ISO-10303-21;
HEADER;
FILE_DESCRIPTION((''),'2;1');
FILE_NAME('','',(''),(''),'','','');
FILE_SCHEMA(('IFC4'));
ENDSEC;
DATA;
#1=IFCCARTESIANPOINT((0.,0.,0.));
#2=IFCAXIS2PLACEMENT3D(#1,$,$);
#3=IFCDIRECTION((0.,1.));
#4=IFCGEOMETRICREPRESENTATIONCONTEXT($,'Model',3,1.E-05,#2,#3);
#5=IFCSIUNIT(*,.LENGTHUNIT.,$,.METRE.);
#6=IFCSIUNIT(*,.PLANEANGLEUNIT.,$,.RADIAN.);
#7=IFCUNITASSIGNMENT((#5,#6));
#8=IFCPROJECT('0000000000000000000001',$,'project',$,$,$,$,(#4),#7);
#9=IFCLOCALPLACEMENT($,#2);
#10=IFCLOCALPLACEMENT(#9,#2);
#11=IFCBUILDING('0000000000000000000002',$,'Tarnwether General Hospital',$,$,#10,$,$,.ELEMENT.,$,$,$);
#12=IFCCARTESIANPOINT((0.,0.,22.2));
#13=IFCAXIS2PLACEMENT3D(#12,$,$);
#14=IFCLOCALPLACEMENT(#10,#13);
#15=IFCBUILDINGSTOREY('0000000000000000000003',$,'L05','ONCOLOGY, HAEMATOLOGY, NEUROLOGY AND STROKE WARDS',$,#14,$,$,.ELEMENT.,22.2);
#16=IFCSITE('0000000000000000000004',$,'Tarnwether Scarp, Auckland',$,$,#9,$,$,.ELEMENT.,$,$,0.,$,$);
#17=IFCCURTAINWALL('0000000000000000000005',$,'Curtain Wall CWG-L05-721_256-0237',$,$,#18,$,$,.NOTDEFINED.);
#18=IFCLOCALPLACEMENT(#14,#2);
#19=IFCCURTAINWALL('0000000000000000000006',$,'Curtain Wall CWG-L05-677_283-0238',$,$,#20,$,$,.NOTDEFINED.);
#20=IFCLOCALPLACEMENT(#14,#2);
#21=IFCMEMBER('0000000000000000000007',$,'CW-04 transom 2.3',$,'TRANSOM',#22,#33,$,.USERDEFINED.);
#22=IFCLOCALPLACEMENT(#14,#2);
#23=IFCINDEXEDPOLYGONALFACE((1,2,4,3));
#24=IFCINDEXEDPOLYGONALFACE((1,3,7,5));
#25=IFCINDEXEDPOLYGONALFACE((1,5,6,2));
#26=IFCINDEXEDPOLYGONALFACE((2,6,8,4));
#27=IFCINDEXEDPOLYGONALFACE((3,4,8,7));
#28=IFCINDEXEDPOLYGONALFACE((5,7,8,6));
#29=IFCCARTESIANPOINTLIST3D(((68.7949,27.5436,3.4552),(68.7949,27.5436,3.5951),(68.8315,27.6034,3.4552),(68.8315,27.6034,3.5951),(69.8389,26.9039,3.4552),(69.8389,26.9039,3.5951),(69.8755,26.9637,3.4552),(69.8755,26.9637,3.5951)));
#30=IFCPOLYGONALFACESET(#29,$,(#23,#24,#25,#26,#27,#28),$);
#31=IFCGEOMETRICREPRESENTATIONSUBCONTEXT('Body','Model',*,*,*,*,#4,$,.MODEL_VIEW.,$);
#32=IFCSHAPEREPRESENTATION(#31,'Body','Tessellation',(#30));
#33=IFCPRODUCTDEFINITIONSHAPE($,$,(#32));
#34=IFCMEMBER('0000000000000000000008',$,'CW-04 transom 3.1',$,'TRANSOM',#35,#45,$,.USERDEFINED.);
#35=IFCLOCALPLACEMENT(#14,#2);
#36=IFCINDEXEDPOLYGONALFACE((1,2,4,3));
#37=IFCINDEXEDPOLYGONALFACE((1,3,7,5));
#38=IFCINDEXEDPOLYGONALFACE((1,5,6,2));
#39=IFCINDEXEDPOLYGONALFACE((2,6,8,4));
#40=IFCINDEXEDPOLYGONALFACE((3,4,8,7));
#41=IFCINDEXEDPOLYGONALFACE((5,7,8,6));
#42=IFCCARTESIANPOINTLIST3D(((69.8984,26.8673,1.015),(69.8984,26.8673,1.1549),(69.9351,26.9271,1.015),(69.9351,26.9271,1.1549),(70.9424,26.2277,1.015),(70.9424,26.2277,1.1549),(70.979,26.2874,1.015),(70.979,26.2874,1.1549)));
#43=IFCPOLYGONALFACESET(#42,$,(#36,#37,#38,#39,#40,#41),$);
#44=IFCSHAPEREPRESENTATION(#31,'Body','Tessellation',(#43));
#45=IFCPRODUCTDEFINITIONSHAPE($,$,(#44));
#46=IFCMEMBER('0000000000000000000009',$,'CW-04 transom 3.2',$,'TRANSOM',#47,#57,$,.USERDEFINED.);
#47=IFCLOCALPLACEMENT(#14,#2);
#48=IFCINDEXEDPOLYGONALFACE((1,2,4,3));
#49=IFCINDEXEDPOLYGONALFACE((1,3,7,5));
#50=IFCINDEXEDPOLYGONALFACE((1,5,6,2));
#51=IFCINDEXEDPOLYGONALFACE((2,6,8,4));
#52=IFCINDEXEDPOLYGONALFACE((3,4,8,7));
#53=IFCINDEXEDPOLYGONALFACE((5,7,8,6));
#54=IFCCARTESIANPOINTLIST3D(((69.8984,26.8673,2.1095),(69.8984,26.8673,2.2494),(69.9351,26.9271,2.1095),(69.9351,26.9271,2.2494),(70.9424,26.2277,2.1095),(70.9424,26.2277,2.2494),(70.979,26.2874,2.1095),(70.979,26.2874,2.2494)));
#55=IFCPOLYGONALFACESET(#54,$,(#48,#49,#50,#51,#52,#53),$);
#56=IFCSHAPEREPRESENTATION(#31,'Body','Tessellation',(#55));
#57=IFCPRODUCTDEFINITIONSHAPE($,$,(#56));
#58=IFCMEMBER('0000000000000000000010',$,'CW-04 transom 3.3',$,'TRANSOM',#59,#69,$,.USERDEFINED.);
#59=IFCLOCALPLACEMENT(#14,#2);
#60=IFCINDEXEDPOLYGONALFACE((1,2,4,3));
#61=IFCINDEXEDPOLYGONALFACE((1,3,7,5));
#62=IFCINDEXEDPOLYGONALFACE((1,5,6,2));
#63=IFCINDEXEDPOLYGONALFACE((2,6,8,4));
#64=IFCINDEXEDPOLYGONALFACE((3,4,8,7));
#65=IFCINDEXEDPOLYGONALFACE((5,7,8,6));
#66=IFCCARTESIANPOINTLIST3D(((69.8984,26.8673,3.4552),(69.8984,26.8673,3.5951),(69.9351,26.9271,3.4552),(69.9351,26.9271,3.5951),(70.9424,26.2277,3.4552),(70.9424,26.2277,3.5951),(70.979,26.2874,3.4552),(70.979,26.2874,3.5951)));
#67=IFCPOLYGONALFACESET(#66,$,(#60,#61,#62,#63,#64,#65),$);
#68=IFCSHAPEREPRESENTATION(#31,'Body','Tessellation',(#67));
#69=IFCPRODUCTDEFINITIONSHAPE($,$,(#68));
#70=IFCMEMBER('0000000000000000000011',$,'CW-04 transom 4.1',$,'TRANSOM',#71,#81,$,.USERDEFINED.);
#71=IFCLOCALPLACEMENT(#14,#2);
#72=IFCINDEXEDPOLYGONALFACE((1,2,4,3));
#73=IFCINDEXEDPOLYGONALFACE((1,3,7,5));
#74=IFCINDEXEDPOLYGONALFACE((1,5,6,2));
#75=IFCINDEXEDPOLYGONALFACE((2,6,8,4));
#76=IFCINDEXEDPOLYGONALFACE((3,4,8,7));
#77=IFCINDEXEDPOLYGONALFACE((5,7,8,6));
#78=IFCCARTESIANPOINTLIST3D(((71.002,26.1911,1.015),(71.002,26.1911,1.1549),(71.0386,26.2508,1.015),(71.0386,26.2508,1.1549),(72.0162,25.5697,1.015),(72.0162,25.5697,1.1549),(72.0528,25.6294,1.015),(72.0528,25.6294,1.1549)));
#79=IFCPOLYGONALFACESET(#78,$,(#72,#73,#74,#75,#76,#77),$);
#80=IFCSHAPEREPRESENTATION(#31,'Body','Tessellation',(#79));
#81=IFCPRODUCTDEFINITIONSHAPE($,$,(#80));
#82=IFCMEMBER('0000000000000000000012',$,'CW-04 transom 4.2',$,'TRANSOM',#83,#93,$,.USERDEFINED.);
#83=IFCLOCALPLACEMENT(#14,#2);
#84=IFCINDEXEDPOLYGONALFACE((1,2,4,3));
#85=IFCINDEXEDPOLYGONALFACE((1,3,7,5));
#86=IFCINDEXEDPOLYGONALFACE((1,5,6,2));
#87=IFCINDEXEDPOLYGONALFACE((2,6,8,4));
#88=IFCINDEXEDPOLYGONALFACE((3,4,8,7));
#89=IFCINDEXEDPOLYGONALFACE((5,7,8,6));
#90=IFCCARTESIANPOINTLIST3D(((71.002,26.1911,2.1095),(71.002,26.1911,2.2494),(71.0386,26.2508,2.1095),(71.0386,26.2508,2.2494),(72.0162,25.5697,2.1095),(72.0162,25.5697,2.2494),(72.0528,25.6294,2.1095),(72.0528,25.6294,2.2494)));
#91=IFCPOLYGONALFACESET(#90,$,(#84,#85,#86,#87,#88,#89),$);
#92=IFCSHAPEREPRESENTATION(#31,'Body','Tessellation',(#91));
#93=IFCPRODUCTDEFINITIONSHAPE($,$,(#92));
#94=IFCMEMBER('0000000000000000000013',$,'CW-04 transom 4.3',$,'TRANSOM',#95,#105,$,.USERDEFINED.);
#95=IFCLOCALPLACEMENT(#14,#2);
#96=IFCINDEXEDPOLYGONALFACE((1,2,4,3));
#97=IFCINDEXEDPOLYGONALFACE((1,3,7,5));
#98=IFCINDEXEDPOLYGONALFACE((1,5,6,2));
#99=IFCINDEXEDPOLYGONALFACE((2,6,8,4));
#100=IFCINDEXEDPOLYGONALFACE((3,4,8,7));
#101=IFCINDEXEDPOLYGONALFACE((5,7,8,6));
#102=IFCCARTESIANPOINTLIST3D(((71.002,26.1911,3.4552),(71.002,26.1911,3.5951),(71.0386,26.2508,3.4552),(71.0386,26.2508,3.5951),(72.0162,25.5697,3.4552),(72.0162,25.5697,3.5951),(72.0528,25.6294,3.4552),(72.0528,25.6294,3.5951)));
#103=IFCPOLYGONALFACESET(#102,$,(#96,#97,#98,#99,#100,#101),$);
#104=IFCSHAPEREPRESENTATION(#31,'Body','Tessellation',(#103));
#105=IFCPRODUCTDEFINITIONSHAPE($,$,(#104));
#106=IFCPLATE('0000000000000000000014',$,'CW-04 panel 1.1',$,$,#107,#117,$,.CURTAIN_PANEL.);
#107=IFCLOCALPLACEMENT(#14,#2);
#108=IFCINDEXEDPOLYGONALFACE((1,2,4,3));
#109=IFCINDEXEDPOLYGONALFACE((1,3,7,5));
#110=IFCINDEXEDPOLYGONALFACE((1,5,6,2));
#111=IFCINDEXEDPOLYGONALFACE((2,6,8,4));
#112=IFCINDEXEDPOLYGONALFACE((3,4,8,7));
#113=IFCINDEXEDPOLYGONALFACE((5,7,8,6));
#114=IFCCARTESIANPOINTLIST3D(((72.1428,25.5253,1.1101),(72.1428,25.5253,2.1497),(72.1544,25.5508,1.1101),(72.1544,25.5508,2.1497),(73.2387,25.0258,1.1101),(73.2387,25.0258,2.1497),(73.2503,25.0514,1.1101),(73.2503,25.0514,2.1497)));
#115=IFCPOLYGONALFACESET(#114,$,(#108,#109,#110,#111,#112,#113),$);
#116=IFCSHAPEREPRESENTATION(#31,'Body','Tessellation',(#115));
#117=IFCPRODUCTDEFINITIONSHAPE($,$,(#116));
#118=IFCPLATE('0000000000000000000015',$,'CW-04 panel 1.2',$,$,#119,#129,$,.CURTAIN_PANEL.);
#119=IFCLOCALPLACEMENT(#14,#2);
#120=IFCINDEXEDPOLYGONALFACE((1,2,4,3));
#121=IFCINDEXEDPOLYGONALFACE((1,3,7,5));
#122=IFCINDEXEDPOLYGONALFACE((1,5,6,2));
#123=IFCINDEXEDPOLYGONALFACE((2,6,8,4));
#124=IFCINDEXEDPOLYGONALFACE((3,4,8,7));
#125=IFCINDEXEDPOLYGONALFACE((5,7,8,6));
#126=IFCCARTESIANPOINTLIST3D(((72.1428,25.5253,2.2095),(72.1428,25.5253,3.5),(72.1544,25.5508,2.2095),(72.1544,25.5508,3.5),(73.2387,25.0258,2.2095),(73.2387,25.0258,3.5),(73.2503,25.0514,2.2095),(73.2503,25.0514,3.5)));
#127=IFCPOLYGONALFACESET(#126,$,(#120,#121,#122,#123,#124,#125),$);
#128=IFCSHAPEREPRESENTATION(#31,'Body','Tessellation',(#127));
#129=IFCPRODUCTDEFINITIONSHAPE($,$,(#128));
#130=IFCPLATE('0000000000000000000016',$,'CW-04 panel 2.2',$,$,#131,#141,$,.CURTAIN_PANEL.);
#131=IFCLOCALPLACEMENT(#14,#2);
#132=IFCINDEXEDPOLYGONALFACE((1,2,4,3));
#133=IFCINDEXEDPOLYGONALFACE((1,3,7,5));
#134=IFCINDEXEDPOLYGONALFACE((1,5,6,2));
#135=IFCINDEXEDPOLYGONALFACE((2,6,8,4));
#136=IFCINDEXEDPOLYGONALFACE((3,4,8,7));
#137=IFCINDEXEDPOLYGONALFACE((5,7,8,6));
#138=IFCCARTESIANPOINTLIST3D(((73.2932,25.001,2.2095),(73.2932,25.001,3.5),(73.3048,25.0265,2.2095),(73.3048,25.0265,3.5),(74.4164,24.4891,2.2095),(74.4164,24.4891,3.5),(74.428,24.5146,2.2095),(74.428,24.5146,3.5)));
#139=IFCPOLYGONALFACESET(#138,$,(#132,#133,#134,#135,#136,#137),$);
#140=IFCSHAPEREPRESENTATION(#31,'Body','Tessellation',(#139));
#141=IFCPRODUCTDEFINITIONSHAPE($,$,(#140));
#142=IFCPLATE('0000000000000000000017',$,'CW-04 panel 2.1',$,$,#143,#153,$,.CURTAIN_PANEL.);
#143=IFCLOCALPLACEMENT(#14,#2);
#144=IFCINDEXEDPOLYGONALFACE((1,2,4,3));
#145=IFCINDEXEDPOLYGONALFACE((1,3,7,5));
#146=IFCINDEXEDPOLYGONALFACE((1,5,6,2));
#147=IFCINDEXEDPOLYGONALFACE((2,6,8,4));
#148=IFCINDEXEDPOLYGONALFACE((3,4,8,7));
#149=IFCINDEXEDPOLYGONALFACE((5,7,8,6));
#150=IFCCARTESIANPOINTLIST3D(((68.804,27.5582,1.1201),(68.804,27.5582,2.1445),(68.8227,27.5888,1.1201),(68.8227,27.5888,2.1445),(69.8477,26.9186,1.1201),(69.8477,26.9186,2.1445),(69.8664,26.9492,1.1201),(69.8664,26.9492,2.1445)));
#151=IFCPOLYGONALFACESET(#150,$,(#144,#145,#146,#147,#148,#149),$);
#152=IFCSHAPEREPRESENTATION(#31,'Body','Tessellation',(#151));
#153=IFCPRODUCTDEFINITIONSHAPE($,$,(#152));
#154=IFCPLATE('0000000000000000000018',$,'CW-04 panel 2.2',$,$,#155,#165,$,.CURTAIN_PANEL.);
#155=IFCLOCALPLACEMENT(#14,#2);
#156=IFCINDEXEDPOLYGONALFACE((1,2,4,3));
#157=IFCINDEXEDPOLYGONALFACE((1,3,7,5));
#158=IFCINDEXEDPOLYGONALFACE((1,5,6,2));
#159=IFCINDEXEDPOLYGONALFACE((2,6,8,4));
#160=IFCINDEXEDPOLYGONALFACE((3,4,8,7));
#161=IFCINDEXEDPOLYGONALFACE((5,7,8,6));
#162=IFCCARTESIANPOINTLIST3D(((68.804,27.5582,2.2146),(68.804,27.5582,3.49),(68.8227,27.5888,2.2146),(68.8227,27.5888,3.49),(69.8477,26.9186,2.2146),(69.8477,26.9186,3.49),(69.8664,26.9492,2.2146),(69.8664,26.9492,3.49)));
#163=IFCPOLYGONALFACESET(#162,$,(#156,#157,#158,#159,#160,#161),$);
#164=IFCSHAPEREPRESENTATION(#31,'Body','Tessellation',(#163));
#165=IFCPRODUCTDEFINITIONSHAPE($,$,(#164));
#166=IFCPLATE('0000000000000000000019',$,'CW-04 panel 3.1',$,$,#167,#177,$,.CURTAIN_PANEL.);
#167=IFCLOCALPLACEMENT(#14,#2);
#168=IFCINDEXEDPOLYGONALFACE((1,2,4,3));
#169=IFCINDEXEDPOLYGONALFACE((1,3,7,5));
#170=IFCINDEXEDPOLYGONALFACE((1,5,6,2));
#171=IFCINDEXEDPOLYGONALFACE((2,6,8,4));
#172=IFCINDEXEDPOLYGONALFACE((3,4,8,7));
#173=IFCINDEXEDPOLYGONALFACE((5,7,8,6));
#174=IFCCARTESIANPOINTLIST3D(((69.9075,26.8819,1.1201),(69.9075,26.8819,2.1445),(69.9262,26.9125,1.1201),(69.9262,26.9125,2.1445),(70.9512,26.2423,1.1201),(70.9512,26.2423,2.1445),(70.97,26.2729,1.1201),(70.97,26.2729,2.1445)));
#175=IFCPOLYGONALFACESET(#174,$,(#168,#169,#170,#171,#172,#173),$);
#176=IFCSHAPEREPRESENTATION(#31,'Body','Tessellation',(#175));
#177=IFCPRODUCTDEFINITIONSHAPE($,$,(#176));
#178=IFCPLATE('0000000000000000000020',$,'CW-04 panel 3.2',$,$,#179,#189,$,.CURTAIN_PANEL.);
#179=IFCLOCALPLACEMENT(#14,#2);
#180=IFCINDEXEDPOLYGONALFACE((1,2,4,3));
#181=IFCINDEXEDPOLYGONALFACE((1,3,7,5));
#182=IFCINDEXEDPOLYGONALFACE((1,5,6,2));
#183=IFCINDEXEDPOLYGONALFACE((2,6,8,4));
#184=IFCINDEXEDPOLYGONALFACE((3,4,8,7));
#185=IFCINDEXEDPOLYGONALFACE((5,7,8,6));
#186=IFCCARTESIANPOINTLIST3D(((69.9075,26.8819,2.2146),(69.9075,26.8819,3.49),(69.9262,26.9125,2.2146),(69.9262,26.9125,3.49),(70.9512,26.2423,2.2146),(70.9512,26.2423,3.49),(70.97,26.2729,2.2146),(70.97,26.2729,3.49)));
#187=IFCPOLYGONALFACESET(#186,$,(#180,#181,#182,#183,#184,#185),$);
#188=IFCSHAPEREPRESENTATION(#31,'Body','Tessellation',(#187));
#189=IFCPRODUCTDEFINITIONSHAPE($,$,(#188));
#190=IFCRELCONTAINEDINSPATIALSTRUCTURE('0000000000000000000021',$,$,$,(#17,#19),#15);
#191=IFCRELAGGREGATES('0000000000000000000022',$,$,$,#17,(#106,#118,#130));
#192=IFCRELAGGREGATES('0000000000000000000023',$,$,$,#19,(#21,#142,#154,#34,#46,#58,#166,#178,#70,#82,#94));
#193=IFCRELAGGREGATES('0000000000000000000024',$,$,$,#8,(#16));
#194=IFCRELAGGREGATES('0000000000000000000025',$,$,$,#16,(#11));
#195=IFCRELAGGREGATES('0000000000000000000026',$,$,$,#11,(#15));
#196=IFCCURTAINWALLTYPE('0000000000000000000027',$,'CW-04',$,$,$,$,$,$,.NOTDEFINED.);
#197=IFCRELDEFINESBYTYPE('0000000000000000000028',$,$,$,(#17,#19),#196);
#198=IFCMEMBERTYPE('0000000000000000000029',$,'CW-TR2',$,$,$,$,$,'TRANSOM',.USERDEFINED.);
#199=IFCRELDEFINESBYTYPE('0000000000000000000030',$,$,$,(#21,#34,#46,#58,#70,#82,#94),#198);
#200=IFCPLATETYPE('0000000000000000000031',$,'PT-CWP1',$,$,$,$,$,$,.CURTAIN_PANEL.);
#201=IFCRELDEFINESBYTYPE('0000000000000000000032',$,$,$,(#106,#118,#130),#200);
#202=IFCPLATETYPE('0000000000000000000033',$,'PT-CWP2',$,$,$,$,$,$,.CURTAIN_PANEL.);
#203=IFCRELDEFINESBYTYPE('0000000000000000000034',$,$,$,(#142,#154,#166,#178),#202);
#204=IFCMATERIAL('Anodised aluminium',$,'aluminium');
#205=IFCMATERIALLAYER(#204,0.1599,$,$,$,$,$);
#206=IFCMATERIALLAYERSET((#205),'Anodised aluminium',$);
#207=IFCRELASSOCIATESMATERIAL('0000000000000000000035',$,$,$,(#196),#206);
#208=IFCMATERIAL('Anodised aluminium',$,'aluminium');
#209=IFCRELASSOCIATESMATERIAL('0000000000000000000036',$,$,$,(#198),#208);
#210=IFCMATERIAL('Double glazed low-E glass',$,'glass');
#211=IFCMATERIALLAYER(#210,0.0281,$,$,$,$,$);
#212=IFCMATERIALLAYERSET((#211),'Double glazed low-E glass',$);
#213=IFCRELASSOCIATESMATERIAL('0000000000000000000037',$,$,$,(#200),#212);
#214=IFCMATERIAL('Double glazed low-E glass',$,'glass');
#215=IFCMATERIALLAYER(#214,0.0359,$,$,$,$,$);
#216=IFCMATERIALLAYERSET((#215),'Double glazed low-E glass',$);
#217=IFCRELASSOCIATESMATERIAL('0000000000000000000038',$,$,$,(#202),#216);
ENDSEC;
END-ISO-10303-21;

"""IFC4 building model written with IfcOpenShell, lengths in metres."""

from ifc_helpers import new_model, si_unit, direction, frame, origin, origin_2d, place, context, subcontext, project, spatial, rectangle, extrude, material, layer, layer_set, material_profile, profile_set, type_object, element, aggregate, save


model = new_model("IFC4")

# Units and contexts
model_context = context("Model", 3, precision=1e-05, world=origin(), true_north=direction((0.0, 1.0)))
body_context = subcontext(model_context, "Body", "Model", "MODEL_VIEW")
ifc_project = project(units=[si_unit("LENGTHUNIT", "METRE"), si_unit("PLANEANGLEUNIT", "RADIAN")], contexts=[model_context])

# Site, building, storey
site_placement = place(None, origin())
site = spatial("IfcSite", under=ifc_project, at=site_placement, Name="Tarnwether Scarp, Auckland", CompositionType="ELEMENT", RefElevation=0.0)
building_placement = place(site_placement, origin())
building = spatial("IfcBuilding", under=site, at=building_placement, Name="Tarnwether General Hospital", CompositionType="ELEMENT")
storey_placement = place(building_placement, frame((0.0, 0.0, 22.2)))
storey = spatial("IfcBuildingStorey", under=building, at=storey_placement, Name="L05", Description="ONCOLOGY, HAEMATOLOGY, NEUROLOGY AND STROKE WARDS", CompositionType="ELEMENT", Elevation=22.2)

# Curtain walls
ifc_material_1 = material(Name="Anodised aluminium", Category="aluminium")
ifc_layer_1 = layer(ifc_material_1, 0.1599)
ifc_layer_set_1 = layer_set([ifc_layer_1], Name="Anodised aluminium")
curtain_wall_type = type_object("IfcCurtainWallType", Name="CW-04", PredefinedType="NOTDEFINED", material=ifc_layer_set_1)
curtain_wall_1_placement = place(storey_placement, origin())
curtain_wall_1 = element("IfcCurtainWall", 1, at=curtain_wall_1_placement, inside=storey, type_object=curtain_wall_type, Name="Curtain Wall CWG-L05-721_256-0237", PredefinedType="NOTDEFINED")
curtain_wall_2_placement = place(storey_placement, origin())
curtain_wall_2 = element("IfcCurtainWall", 2, at=curtain_wall_2_placement, inside=storey, type_object=curtain_wall_type, Name="Curtain Wall CWG-L05-677_283-0238", PredefinedType="NOTDEFINED")

# Members
ifc_material_2 = material(Name="Anodised aluminium", Category="aluminium")
ifc_material_profile_1 = material_profile(ifc_material_2, rectangle(XDim=0.0701, YDim=0.1399, at=origin_2d()), Name="ALU-TRN-70x140")
ifc_profile_set_1 = profile_set([ifc_material_profile_1], Name="Anodised aluminium")
member_type_1 = type_object("IfcMemberType", Name="CW-TR2", ElementType="TRANSOM", PredefinedType="USERDEFINED", material=ifc_profile_set_1)
member_1_placement = place(storey_placement, frame((68.8132, 27.5735, 3.5251), z_axis=(0.85267, -0.52245, 0.0), x_axis=(0.52245, 0.85267, 0.0)))
member_1 = element("IfcMember", 3, at=member_1_placement, type_object=member_type_1, Name="CW-04 transom 2.3", ObjectType="TRANSOM", PredefinedType="USERDEFINED", context=body_context, shape_type="SweptSolid", body=[
    extrude(rectangle(XDim=0.0701, YDim=0.1399, at=origin_2d()), origin(), (0.0, 0.0, 1.0), 1.2244),
])
member_2_placement = place(storey_placement, frame((69.9167, 26.8972, 1.085), z_axis=(0.85267, -0.52245, 0.0), x_axis=(0.52245, 0.85267, 0.0)))
member_2 = element("IfcMember", 4, at=member_2_placement, type_object=member_type_1, Name="CW-04 transom 3.1", ObjectType="TRANSOM", PredefinedType="USERDEFINED", context=body_context, shape_type="SweptSolid", body=[
    extrude(rectangle(XDim=0.0701, YDim=0.1399, at=origin_2d()), origin(), (0.0, 0.0, 1.0), 1.2244),
])
member_3_placement = place(storey_placement, frame((69.9167, 26.8972, 2.1794), z_axis=(0.85267, -0.52245, 0.0), x_axis=(0.52245, 0.85267, 0.0)))
member_3 = element("IfcMember", 5, at=member_3_placement, type_object=member_type_1, Name="CW-04 transom 3.2", ObjectType="TRANSOM", PredefinedType="USERDEFINED", context=body_context, shape_type="SweptSolid", body=[
    extrude(rectangle(XDim=0.0701, YDim=0.1399, at=origin_2d()), origin(), (0.0, 0.0, 1.0), 1.2244),
])
member_4_placement = place(storey_placement, frame((69.9167, 26.8972, 3.5251), z_axis=(0.85267, -0.52245, 0.0), x_axis=(0.52245, 0.85267, 0.0)))
member_4 = element("IfcMember", 6, at=member_4_placement, type_object=member_type_1, Name="CW-04 transom 3.3", ObjectType="TRANSOM", PredefinedType="USERDEFINED", context=body_context, shape_type="SweptSolid", body=[
    extrude(rectangle(XDim=0.0701, YDim=0.1399, at=origin_2d()), origin(), (0.0, 0.0, 1.0), 1.2244),
])
member_5_placement = place(storey_placement, frame((71.0203, 26.2209, 1.085), z_axis=(0.852693, -0.522413, 0.0), x_axis=(0.522413, 0.852693, 0.0)))
member_5 = element("IfcMember", 7, at=member_5_placement, type_object=member_type_1, Name="CW-04 transom 4.1", ObjectType="TRANSOM", PredefinedType="USERDEFINED", context=body_context, shape_type="SweptSolid", body=[
    extrude(rectangle(XDim=0.0701, YDim=0.1399, at=origin_2d()), origin(), (0.0, 0.0, 1.0), 1.1895),
])
member_6_placement = place(storey_placement, frame((71.0203, 26.2209, 2.1794), z_axis=(0.852693, -0.522413, 0.0), x_axis=(0.522413, 0.852693, 0.0)))
member_6 = element("IfcMember", 8, at=member_6_placement, type_object=member_type_1, Name="CW-04 transom 4.2", ObjectType="TRANSOM", PredefinedType="USERDEFINED", context=body_context, shape_type="SweptSolid", body=[
    extrude(rectangle(XDim=0.0701, YDim=0.1399, at=origin_2d()), origin(), (0.0, 0.0, 1.0), 1.1895),
])
member_7_placement = place(storey_placement, frame((71.0203, 26.2209, 3.5251), z_axis=(0.852693, -0.522413, 0.0), x_axis=(0.522413, 0.852693, 0.0)))
member_7 = element("IfcMember", 9, at=member_7_placement, type_object=member_type_1, Name="CW-04 transom 4.3", ObjectType="TRANSOM", PredefinedType="USERDEFINED", context=body_context, shape_type="SweptSolid", body=[
    extrude(rectangle(XDim=0.0701, YDim=0.1399, at=origin_2d()), origin(), (0.0, 0.0, 1.0), 1.1895),
])

# Plates
ifc_material_3 = material(Name="Double glazed low-E glass", Category="glass")
ifc_layer_2 = layer(ifc_material_3, 0.0281)
ifc_layer_set_2 = layer_set([ifc_layer_2], Name="Double glazed low-E glass")
plate_type_1 = type_object("IfcPlateType", Name="PT-CWP1", PredefinedType="CURTAIN_PANEL", material=ifc_layer_set_2)
plate_1_placement = place(storey_placement, frame((72.6965, 25.2883, 1.1101), z_axis=(0.0, 0.0, 1.0), x_axis=(0.909956, -0.414705, 0.0)))
plate_1 = element("IfcPlate", 10, at=plate_1_placement, type_object=plate_type_1, Name="CW-04 panel 1.1", PredefinedType="CURTAIN_PANEL", context=body_context, shape_type="SweptSolid", body=[
    extrude(rectangle(XDim=1.2043, YDim=0.0281, at=origin_2d()), origin(), (0.0, 0.0, 1.0), 1.0396),
])
plate_2_placement = place(storey_placement, frame((72.6965, 25.2883, 2.2095), z_axis=(0.0, 0.0, 1.0), x_axis=(0.909956, -0.414705, 0.0)))
plate_2 = element("IfcPlate", 11, at=plate_2_placement, type_object=plate_type_1, Name="CW-04 panel 1.2", PredefinedType="CURTAIN_PANEL", context=body_context, shape_type="SweptSolid", body=[
    extrude(rectangle(XDim=1.2043, YDim=0.0281, at=origin_2d()), origin(), (0.0, 0.0, 1.0), 1.2905),
])
plate_3_placement = place(storey_placement, frame((73.8606, 24.7578, 2.2095), z_axis=(0.0, 0.0, 1.0), x_axis=(0.909956, -0.414705, 0.0)))
plate_3 = element("IfcPlate", 12, at=plate_3_placement, type_object=plate_type_1, Name="CW-04 panel 2.2", PredefinedType="CURTAIN_PANEL", context=body_context, shape_type="SweptSolid", body=[
    extrude(rectangle(XDim=1.2344, YDim=0.0281, at=origin_2d()), origin(), (0.0, 0.0, 1.0), 1.2905),
])
aggregate(curtain_wall_1, [plate_1, plate_2, plate_3])
ifc_material_4 = material(Name="Double glazed low-E glass", Category="glass")
ifc_layer_3 = layer(ifc_material_4, 0.0359)
ifc_layer_set_3 = layer_set([ifc_layer_3], Name="Double glazed low-E glass")
plate_type_2 = type_object("IfcPlateType", Name="PT-CWP2", PredefinedType="CURTAIN_PANEL", material=ifc_layer_set_3)
plate_4_placement = place(storey_placement, frame((69.3352, 27.2537, 1.1201), z_axis=(0.0, 0.0, 1.0), x_axis=(0.852632, -0.522512, 0.0)))
plate_4 = element("IfcPlate", 13, at=plate_4_placement, type_object=plate_type_2, Name="CW-04 panel 2.1", PredefinedType="CURTAIN_PANEL", context=body_context, shape_type="SweptSolid", body=[
    extrude(rectangle(XDim=1.2241, YDim=0.0359, at=origin_2d()), origin(), (0.0, 0.0, 1.0), 1.0244),
])
plate_5_placement = place(storey_placement, frame((69.3352, 27.2537, 2.2146), z_axis=(0.0, 0.0, 1.0), x_axis=(0.852632, -0.522512, 0.0)))
plate_5 = element("IfcPlate", 14, at=plate_5_placement, type_object=plate_type_2, Name="CW-04 panel 2.2", PredefinedType="CURTAIN_PANEL", context=body_context, shape_type="SweptSolid", body=[
    extrude(rectangle(XDim=1.2241, YDim=0.0359, at=origin_2d()), origin(), (0.0, 0.0, 1.0), 1.2754),
])
plate_6_placement = place(storey_placement, frame((70.4387, 26.5774, 1.1201), z_axis=(0.0, 0.0, 1.0), x_axis=(0.852632, -0.522512, 0.0)))
plate_6 = element("IfcPlate", 15, at=plate_6_placement, type_object=plate_type_2, Name="CW-04 panel 3.1", PredefinedType="CURTAIN_PANEL", context=body_context, shape_type="SweptSolid", body=[
    extrude(rectangle(XDim=1.2241, YDim=0.0359, at=origin_2d()), origin(), (0.0, 0.0, 1.0), 1.0244),
])
plate_7_placement = place(storey_placement, frame((70.4387, 26.5774, 2.2146), z_axis=(0.0, 0.0, 1.0), x_axis=(0.852632, -0.522512, 0.0)))
plate_7 = element("IfcPlate", 16, at=plate_7_placement, type_object=plate_type_2, Name="CW-04 panel 3.2", PredefinedType="CURTAIN_PANEL", context=body_context, shape_type="SweptSolid", body=[
    extrude(rectangle(XDim=1.2241, YDim=0.0359, at=origin_2d()), origin(), (0.0, 0.0, 1.0), 1.2754),
])
aggregate(curtain_wall_2, [member_1, plate_4, plate_5, member_2, member_3, member_4, plate_6, plate_7, member_5, member_6, member_7])

save(model, "model.ifc")
